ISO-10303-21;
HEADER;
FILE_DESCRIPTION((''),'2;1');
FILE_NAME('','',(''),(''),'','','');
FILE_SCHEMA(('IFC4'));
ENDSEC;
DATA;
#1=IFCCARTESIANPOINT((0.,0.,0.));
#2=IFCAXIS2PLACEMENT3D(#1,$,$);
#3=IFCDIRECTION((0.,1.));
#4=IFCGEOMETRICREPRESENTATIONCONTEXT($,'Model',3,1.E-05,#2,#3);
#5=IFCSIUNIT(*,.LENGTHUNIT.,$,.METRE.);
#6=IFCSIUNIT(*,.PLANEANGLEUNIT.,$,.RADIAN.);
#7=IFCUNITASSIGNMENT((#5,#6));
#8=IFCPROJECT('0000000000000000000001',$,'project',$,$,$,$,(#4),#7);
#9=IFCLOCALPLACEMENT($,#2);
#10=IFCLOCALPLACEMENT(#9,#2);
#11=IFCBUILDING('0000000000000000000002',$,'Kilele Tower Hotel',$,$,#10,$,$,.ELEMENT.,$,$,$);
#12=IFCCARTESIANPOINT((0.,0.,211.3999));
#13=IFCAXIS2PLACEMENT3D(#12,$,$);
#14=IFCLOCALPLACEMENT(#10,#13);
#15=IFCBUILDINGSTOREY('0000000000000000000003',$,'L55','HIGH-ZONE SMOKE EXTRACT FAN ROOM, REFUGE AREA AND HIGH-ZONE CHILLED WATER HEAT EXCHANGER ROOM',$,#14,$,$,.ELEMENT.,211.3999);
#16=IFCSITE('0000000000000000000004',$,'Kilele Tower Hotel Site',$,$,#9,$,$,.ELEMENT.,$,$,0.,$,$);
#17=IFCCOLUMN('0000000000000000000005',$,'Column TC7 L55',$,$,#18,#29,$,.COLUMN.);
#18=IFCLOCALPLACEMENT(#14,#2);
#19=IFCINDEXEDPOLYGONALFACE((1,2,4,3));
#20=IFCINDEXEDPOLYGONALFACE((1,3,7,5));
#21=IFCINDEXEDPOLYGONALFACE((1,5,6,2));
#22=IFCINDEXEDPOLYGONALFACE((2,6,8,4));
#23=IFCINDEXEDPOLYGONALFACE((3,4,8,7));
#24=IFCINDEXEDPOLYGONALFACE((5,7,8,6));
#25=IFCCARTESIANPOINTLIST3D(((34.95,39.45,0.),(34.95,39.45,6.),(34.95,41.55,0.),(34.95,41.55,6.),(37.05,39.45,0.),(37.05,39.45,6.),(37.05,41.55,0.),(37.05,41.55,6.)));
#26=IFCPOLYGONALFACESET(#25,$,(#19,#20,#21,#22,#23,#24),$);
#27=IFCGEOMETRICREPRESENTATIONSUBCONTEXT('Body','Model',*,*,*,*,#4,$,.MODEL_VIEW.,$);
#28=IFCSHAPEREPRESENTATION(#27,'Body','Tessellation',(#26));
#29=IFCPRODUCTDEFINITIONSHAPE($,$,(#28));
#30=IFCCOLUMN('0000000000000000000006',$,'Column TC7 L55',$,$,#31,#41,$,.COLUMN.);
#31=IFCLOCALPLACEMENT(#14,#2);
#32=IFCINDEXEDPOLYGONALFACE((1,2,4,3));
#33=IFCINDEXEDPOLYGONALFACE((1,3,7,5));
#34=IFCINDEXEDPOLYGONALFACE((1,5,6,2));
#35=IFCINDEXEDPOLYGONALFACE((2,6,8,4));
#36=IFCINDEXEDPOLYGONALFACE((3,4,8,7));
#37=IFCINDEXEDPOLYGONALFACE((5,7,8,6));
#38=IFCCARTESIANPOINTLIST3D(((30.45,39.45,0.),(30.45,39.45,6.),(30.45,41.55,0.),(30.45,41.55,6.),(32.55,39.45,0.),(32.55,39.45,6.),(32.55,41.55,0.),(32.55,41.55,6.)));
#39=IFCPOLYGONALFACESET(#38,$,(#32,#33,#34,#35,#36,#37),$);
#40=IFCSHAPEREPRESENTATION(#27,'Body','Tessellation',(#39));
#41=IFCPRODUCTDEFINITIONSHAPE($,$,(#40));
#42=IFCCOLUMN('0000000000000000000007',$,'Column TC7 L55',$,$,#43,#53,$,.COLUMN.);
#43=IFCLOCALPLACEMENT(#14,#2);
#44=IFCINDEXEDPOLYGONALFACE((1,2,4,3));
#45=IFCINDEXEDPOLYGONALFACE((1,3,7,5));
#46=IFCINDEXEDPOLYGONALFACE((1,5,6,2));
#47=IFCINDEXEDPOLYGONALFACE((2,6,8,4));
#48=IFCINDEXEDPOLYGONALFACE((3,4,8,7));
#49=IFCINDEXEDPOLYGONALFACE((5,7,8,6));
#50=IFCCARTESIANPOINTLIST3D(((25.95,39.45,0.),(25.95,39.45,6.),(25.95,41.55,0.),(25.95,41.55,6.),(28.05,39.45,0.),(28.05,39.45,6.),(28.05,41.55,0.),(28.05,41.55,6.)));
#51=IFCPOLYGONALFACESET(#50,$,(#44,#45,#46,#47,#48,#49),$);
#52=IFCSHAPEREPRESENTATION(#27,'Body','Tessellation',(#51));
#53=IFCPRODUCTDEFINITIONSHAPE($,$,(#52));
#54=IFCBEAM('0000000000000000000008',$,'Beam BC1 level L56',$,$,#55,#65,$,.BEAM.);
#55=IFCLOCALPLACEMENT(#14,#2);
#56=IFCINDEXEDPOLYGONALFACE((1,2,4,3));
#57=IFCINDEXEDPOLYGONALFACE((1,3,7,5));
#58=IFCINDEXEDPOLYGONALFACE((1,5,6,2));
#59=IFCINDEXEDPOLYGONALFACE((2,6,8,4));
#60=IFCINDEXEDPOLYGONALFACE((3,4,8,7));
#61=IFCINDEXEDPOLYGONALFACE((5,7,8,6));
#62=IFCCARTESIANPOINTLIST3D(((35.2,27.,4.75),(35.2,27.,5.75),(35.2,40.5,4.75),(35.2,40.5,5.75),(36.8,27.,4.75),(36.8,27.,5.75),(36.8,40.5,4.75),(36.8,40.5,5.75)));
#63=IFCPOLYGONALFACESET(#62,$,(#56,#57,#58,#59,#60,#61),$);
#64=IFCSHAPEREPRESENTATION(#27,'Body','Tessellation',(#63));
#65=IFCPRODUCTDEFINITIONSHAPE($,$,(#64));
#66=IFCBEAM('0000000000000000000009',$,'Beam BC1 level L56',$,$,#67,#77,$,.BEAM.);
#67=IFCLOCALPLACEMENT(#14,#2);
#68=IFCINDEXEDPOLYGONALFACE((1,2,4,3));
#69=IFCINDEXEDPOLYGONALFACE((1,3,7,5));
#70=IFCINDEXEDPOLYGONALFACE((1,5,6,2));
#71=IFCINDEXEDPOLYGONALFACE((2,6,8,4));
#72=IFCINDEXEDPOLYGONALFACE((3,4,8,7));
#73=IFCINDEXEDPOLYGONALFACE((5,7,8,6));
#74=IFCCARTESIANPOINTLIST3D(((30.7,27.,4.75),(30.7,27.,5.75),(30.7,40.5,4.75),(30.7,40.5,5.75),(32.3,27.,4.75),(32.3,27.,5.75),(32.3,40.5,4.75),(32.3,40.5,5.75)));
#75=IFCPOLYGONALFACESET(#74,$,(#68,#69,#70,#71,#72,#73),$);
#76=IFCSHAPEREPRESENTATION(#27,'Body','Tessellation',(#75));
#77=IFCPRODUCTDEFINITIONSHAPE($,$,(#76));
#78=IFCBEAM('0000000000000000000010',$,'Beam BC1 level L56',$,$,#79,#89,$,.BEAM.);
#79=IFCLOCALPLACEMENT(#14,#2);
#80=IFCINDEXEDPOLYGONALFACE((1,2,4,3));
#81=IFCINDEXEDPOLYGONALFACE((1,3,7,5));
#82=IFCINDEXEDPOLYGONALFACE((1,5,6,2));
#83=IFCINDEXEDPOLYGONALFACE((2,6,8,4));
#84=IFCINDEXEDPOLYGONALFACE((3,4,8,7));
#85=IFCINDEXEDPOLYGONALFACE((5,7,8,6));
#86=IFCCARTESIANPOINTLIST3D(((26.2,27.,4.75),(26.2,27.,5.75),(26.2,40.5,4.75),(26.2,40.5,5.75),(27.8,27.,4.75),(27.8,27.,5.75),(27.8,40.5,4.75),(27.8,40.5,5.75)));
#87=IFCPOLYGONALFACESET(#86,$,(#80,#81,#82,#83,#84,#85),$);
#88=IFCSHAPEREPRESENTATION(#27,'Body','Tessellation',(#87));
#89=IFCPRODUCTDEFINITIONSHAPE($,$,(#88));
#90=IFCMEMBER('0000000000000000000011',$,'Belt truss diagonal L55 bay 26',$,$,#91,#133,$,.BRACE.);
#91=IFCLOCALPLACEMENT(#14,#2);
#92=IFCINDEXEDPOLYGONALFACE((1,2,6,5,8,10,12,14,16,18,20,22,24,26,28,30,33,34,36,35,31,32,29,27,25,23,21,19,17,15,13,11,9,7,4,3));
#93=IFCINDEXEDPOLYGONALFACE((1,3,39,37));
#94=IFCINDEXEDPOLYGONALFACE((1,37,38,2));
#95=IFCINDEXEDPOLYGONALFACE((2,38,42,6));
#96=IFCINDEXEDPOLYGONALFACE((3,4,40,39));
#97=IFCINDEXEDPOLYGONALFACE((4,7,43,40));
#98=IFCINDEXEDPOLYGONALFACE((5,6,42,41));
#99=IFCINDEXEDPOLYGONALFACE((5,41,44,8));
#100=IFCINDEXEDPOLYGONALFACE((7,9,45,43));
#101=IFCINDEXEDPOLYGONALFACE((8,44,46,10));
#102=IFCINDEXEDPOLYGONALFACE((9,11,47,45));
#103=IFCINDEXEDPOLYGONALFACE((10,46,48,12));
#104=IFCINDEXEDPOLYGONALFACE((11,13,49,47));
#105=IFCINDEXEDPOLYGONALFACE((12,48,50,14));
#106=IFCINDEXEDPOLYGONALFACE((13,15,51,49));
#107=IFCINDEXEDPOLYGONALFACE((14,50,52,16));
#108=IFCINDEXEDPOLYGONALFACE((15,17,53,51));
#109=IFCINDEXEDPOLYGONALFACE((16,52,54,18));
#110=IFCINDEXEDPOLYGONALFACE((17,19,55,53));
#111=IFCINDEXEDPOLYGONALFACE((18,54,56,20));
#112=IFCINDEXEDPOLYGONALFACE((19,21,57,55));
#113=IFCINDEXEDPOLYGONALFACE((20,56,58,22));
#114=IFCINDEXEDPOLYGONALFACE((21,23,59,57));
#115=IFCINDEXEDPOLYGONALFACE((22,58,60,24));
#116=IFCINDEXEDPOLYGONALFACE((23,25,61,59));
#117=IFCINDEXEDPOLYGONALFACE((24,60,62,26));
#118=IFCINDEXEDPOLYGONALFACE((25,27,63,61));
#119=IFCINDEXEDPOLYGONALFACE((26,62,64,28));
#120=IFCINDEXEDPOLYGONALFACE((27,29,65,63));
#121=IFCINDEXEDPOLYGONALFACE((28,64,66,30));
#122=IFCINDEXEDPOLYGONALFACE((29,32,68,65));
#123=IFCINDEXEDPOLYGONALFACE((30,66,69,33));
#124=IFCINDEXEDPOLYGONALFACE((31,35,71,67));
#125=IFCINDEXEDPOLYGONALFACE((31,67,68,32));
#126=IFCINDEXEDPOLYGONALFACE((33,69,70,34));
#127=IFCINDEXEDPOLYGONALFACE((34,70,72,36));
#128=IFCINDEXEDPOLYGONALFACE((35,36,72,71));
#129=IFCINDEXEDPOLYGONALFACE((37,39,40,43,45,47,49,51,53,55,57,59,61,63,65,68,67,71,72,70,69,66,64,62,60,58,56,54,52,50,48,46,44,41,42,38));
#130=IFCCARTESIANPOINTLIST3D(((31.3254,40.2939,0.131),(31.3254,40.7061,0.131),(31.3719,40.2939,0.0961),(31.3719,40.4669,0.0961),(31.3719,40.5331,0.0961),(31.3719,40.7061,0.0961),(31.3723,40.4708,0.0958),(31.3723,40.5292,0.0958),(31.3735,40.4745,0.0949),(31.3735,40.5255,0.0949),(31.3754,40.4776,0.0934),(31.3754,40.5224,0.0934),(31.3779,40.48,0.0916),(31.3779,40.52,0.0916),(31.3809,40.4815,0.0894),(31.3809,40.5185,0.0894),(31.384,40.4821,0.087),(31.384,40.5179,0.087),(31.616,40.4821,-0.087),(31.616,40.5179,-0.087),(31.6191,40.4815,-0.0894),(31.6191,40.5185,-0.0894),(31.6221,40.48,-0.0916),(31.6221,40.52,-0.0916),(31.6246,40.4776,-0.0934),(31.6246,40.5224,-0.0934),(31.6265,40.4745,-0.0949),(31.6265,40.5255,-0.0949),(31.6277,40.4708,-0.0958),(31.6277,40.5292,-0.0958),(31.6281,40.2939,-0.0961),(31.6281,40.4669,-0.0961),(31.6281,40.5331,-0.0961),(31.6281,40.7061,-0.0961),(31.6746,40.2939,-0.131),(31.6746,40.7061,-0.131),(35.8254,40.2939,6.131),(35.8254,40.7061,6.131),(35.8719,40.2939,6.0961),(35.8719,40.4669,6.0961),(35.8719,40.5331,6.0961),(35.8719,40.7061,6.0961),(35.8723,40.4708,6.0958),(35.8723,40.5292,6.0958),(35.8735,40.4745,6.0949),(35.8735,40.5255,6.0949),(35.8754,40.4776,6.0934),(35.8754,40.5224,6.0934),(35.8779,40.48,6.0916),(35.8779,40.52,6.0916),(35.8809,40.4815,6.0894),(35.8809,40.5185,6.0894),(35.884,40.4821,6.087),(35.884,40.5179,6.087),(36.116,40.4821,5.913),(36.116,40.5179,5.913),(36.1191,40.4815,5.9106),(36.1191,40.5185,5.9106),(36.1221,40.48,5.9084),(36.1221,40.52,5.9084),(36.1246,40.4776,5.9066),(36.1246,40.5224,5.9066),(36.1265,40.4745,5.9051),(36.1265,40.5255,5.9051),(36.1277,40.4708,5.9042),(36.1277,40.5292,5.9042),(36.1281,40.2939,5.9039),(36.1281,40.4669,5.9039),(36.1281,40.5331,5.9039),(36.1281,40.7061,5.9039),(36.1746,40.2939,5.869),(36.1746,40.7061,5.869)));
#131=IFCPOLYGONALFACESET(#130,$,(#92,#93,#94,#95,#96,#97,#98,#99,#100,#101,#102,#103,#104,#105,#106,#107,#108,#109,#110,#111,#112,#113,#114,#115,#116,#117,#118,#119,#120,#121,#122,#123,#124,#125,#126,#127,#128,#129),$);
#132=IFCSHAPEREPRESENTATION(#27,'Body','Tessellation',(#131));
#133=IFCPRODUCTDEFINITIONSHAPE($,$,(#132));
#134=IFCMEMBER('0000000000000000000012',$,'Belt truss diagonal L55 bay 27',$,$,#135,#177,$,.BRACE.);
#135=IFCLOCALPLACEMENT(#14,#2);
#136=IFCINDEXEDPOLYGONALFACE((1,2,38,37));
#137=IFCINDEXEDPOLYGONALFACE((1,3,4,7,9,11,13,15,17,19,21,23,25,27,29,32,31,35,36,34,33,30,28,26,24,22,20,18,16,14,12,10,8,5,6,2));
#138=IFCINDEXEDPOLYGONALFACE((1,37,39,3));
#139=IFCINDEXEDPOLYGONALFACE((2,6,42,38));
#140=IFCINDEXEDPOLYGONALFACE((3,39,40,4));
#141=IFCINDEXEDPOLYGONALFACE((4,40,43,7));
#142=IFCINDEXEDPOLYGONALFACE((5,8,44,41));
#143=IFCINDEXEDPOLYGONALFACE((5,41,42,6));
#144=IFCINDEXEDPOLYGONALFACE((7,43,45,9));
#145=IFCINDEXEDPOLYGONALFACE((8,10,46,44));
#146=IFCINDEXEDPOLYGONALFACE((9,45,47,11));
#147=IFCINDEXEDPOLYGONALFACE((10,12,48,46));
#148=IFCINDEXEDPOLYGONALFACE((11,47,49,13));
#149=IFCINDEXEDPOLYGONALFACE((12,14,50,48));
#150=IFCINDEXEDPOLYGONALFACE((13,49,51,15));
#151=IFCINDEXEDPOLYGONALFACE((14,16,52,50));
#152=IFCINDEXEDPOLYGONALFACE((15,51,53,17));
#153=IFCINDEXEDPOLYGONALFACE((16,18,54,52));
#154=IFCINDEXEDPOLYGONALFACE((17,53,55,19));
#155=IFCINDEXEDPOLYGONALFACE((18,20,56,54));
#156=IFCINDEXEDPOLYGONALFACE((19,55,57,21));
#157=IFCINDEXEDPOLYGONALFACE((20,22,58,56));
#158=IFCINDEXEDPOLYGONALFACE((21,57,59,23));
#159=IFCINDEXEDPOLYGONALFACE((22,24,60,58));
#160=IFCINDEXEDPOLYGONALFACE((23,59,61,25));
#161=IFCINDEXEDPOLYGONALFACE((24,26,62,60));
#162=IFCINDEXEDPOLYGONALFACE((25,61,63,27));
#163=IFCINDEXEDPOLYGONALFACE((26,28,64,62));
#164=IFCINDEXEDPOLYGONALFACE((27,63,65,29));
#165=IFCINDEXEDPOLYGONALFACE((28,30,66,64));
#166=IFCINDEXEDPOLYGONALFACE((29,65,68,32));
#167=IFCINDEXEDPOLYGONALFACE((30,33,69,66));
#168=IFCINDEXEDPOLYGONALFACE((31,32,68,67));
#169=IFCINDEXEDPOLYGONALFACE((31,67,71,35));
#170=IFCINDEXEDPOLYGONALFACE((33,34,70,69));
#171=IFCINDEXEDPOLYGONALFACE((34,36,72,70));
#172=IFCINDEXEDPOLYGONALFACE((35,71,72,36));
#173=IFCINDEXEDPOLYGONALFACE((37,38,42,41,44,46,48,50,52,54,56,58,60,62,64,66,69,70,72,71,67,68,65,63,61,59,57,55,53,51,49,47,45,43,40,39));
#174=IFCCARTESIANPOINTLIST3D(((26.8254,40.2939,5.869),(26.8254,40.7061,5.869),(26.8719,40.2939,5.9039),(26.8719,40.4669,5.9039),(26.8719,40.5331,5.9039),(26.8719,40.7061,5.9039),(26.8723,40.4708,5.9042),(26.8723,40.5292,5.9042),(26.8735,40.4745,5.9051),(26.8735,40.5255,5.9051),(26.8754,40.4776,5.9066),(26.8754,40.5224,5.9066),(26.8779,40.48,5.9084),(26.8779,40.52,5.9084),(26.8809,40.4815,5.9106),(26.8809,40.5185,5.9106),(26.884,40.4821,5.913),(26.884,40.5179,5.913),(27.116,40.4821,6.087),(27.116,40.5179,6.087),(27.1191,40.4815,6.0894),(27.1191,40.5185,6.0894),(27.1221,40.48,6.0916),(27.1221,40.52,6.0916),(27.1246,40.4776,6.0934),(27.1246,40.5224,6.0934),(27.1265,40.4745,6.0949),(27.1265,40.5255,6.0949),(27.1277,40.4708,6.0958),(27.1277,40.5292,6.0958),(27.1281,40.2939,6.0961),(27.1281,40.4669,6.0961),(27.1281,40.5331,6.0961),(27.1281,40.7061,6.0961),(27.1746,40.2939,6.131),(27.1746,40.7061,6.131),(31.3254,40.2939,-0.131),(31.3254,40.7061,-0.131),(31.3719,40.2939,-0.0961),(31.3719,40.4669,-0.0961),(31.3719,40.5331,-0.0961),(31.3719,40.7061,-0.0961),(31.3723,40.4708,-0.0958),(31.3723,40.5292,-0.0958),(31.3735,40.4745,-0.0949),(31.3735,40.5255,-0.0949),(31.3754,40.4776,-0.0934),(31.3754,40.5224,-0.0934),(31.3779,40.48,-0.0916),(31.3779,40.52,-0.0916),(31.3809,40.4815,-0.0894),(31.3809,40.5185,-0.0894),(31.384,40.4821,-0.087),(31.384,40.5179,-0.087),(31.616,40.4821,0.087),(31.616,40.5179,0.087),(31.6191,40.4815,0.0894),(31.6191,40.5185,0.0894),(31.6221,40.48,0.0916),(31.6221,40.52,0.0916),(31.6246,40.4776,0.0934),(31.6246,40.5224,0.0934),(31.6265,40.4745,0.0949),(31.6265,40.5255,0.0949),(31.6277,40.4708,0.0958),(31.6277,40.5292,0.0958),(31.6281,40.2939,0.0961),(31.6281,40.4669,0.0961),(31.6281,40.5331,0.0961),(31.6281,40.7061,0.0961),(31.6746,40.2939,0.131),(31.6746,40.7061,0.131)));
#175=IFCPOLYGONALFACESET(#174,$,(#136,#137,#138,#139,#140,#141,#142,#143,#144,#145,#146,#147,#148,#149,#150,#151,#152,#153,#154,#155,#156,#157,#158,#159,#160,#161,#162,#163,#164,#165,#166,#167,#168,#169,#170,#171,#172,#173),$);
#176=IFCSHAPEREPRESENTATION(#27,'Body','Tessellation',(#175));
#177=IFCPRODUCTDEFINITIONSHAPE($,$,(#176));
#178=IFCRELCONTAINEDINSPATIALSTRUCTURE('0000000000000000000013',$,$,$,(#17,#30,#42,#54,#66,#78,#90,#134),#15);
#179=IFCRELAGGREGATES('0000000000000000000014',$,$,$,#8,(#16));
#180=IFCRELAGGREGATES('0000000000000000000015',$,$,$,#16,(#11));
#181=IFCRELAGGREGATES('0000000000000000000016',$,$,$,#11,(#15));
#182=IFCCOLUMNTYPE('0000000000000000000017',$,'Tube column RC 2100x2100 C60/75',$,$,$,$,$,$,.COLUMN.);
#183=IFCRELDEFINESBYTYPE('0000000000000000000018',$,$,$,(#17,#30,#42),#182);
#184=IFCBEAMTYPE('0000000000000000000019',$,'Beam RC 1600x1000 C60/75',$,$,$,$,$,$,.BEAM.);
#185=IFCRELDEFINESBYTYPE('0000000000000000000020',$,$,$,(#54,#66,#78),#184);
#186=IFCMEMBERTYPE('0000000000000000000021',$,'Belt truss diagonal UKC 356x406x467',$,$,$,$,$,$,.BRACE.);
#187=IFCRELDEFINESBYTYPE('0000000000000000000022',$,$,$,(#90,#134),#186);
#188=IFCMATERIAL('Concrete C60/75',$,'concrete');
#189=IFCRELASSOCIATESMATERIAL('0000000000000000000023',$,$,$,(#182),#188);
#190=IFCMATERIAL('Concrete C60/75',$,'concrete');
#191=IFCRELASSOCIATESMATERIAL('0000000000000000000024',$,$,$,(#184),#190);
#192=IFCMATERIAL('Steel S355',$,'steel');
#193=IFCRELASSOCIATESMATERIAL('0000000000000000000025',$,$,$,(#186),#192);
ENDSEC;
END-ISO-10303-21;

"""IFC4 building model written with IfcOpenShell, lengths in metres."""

from ifc_helpers import new_model, si_unit, direction, frame, origin, origin_2d, place, context, subcontext, project, spatial, rectangle, i_section, extrude, material, material_profile, profile_set, type_object, element, save


model = new_model("IFC4")

# Units and contexts
model_context = context("Model", 3, precision=1e-05, world=origin(), true_north=direction((0.0, 1.0)))
body_context = subcontext(model_context, "Body", "Model", "MODEL_VIEW")
ifc_project = project(units=[si_unit("LENGTHUNIT", "METRE"), si_unit("PLANEANGLEUNIT", "RADIAN")], contexts=[model_context])

# Site, building, storey
site_placement = place(None, origin())
site = spatial("IfcSite", under=ifc_project, at=site_placement, Name="Kilele Tower Hotel Site", CompositionType="ELEMENT", RefElevation=0.0)
building_placement = place(site_placement, origin())
building = spatial("IfcBuilding", under=site, at=building_placement, Name="Kilele Tower Hotel", CompositionType="ELEMENT")
storey_placement = place(building_placement, frame((0.0, 0.0, 211.3999)))
storey = spatial("IfcBuildingStorey", under=building, at=storey_placement, Name="L55", Description="HIGH-ZONE SMOKE EXTRACT FAN ROOM, REFUGE AREA AND HIGH-ZONE CHILLED WATER HEAT EXCHANGER ROOM", CompositionType="ELEMENT", Elevation=211.3999)

# Columns
ifc_material_1 = material(Name="Concrete C60/75", Category="concrete")
ifc_material_profile_1 = material_profile(ifc_material_1, rectangle(XDim=2.1001, YDim=2.1001, at=origin_2d()))
ifc_profile_set_1 = profile_set([ifc_material_profile_1], Name="Concrete C60/75")
column_type = type_object("IfcColumnType", Name="Tube column RC 2100x2100 C60/75", PredefinedType="COLUMN", material=ifc_profile_set_1)
for number, where, z_axis, x_axis, name in (
    (1, (36.0, 40.5, 0.0), (0.0, 0.0, 1.0), (1.0, 0.0, 0.0), "Column TC7 L55"),
    (2, (31.5, 40.5, 0.0), (0.0, 0.0, 1.0), (1.0, 0.0, 0.0), "Column TC7 L55"),
    (3, (27.0, 40.5, 0.0), (0.0, 0.0, 1.0), (1.0, 0.0, 0.0), "Column TC7 L55"),
):
    element("IfcColumn", number, at=place(storey_placement, frame(where, z_axis=z_axis, x_axis=x_axis)), inside=storey, type_object=column_type, Name=name, PredefinedType="COLUMN", context=body_context, shape_type="SweptSolid", body=[
        extrude(rectangle(XDim=2.1001, YDim=2.1001, at=origin_2d()), origin(), (0.0, 0.0, 1.0), 6.0),
    ])

# Beams
ifc_material_2 = material(Name="Concrete C60/75", Category="concrete")
ifc_material_profile_2 = material_profile(ifc_material_2, rectangle(XDim=1.6001, YDim=1.0, at=origin_2d()))
ifc_profile_set_2 = profile_set([ifc_material_profile_2], Name="Concrete C60/75")
beam_type_1 = type_object("IfcBeamType", Name="Beam RC 1600x1000 C60/75", PredefinedType="BEAM", material=ifc_profile_set_2)
for number, where, z_axis, x_axis, name in (
    (4, (36.0, 40.5, 5.25), (0.0, -1.0, 0.0), (1.0, 0.0, 0.0), "Beam BC1 level L56"),
    (5, (31.5, 40.5, 5.25), (0.0, -1.0, 0.0), (1.0, 0.0, 0.0), "Beam BC1 level L56"),
    (6, (27.0, 40.5, 5.25), (0.0, -1.0, 0.0), (1.0, 0.0, 0.0), "Beam BC1 level L56"),
):
    element("IfcBeam", number, at=place(storey_placement, frame(where, z_axis=z_axis, x_axis=x_axis)), inside=storey, type_object=beam_type_1, Name=name, PredefinedType="BEAM", context=body_context, shape_type="SweptSolid", body=[
        extrude(rectangle(XDim=1.6001, YDim=1.0, at=origin_2d()), origin(), (0.0, 0.0, 1.0), 13.5),
    ])

# Members
ifc_material_3 = material(Name="Steel S355", Category="steel")
ifc_material_profile_3 = material_profile(ifc_material_3, i_section(OverallWidth=0.4121, OverallDepth=0.4365, WebThickness=0.0359, FlangeThickness=0.0581, FilletRadius=0.0151, at=origin_2d()))
ifc_profile_set_3 = profile_set([ifc_material_profile_3], Name="Steel S355")
member_type = type_object("IfcMemberType", Name="Belt truss diagonal UKC 356x406x467", PredefinedType="BRACE", material=ifc_profile_set_3)
for number, where, z_axis, x_axis, name in (
    (7, (36.0, 40.5, 6.0), (-0.6, 0.0, -0.8), (0.0, -1.0, 0.0), "Belt truss diagonal L55 bay 26"),
    (8, (31.5, 40.5, 0.0), (-0.6, 0.0, 0.8), (0.0, -1.0, 0.0), "Belt truss diagonal L55 bay 27"),
):
    element("IfcMember", number, at=place(storey_placement, frame(where, z_axis=z_axis, x_axis=x_axis)), inside=storey, type_object=member_type, Name=name, PredefinedType="BRACE", context=body_context, shape_type="SweptSolid", body=[
        extrude(i_section(OverallWidth=0.4121, OverallDepth=0.4365, WebThickness=0.0359, FlangeThickness=0.0581, FilletRadius=0.0151, at=origin_2d()), origin(), (0.0, 0.0, 1.0), 7.5),
    ])

save(model, "model.ifc")
